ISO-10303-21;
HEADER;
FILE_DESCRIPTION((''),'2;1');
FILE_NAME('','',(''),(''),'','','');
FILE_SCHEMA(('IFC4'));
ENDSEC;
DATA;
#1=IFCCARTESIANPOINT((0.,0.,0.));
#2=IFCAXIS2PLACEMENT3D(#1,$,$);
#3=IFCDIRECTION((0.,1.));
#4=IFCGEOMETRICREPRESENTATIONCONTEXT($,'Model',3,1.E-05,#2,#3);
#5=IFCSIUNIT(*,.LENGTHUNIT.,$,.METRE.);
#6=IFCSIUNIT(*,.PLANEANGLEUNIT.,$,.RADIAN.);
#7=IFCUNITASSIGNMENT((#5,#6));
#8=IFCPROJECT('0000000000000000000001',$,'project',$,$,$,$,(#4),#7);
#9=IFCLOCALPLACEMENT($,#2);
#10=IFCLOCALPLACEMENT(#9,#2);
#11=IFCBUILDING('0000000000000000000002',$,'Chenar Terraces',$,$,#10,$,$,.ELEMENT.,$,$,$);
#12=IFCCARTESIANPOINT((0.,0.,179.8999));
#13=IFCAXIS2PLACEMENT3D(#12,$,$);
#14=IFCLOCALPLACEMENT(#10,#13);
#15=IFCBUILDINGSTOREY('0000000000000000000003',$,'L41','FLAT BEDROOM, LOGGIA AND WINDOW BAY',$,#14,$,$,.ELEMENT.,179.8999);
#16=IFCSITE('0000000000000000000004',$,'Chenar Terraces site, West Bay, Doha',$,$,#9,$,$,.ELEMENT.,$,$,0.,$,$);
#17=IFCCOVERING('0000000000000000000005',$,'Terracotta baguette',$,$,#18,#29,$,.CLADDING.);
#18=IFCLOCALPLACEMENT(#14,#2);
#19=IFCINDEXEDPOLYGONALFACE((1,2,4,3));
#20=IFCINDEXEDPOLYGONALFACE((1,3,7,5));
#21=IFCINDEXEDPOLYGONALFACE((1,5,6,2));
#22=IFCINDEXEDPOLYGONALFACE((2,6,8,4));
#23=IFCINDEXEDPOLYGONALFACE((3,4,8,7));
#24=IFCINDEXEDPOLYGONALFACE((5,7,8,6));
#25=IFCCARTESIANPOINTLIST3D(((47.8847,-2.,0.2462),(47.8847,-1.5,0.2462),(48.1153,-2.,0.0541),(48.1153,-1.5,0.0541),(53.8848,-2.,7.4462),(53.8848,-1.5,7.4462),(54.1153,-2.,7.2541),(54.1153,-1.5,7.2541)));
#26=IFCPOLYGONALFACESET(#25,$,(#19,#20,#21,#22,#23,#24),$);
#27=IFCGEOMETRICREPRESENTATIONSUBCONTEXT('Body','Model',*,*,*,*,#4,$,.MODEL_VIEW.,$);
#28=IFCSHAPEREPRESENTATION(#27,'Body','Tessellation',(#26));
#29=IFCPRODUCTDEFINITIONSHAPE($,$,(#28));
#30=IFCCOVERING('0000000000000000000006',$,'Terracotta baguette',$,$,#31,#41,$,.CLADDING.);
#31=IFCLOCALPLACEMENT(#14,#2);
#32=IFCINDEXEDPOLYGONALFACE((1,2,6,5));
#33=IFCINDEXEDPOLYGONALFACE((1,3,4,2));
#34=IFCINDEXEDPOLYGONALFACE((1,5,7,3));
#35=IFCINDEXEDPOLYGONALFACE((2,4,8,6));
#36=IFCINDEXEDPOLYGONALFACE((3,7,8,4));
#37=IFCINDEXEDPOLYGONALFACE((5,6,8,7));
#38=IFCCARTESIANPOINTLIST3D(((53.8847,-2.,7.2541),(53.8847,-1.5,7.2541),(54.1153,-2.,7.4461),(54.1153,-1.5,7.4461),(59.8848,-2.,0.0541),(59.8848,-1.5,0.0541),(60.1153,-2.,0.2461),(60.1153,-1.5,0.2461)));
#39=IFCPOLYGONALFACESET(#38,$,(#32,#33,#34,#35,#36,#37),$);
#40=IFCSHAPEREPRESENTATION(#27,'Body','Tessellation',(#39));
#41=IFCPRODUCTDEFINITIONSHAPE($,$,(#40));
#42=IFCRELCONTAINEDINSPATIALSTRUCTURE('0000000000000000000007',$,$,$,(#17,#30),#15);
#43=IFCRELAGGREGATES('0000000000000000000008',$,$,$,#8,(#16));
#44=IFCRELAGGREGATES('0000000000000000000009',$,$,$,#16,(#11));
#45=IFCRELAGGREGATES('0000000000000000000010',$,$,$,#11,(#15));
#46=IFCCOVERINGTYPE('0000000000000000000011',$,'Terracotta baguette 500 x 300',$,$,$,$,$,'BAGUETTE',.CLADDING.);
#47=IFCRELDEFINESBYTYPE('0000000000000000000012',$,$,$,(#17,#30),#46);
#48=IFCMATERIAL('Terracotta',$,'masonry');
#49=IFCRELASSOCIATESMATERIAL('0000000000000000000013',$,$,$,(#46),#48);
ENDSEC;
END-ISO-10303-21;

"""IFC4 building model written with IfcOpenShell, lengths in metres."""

from ifc_helpers import new_model, si_unit, direction, frame, origin, origin_2d, place, context, subcontext, project, spatial, rectangle, extrude, material, material_profile, profile_set, type_object, element, save


model = new_model("IFC4")

# Units and contexts
model_context = context("Model", 3, precision=1e-05, world=origin(), true_north=direction((0.0, 1.0)))
body_context = subcontext(model_context, "Body", "Model", "MODEL_VIEW")
ifc_project = project(units=[si_unit("LENGTHUNIT", "METRE"), si_unit("PLANEANGLEUNIT", "RADIAN")], contexts=[model_context])

# Site, building, storey
site_placement = place(None, origin())
site = spatial("IfcSite", under=ifc_project, at=site_placement, Name="Chenar Terraces site, West Bay, Doha", CompositionType="ELEMENT", RefElevation=0.0)
building_placement = place(site_placement, origin())
building = spatial("IfcBuilding", under=site, at=building_placement, Name="Chenar Terraces", CompositionType="ELEMENT")
storey_placement = place(building_placement, frame((0.0, 0.0, 179.8999)))
storey = spatial("IfcBuildingStorey", under=building, at=storey_placement, Name="L41", Description="FLAT BEDROOM, LOGGIA AND WINDOW BAY", CompositionType="ELEMENT", Elevation=179.8999)

# Coverings
ifc_material_1 = material(Name="Terracotta", Category="masonry")
ifc_material_profile_1 = material_profile(ifc_material_1, rectangle(XDim=0.5, YDim=0.3, at=origin_2d()), Name="Terracotta baguette 500 x 300")
ifc_profile_set_1 = profile_set([ifc_material_profile_1], Name="Terracotta")
covering_type = type_object("IfcCoveringType", Name="Terracotta baguette 500 x 300", ElementType="BAGUETTE", PredefinedType="CLADDING", material=ifc_profile_set_1)
for number, where, z_axis, x_axis, name in (
    (1, (48.0, -1.75, 0.1501), (0.640187, 0.0, 0.768219), (0.0, 1.0, 0.0), "Terracotta baguette"),
    (2, (54.0, -1.75, 7.3501), (0.640187, 0.0, -0.768219), (0.0, 1.0, 0.0), "Terracotta baguette"),
):
    element("IfcCovering", number, at=place(storey_placement, frame(where, z_axis=z_axis, x_axis=x_axis)), inside=storey, type_object=covering_type, Name=name, PredefinedType="CLADDING", context=body_context, shape_type="SweptSolid", body=[
        extrude(rectangle(XDim=0.5, YDim=0.3, at=origin_2d()), origin(), (0.0, 0.0, 1.0), 9.3723),
    ])

save(model, "model.ifc")
